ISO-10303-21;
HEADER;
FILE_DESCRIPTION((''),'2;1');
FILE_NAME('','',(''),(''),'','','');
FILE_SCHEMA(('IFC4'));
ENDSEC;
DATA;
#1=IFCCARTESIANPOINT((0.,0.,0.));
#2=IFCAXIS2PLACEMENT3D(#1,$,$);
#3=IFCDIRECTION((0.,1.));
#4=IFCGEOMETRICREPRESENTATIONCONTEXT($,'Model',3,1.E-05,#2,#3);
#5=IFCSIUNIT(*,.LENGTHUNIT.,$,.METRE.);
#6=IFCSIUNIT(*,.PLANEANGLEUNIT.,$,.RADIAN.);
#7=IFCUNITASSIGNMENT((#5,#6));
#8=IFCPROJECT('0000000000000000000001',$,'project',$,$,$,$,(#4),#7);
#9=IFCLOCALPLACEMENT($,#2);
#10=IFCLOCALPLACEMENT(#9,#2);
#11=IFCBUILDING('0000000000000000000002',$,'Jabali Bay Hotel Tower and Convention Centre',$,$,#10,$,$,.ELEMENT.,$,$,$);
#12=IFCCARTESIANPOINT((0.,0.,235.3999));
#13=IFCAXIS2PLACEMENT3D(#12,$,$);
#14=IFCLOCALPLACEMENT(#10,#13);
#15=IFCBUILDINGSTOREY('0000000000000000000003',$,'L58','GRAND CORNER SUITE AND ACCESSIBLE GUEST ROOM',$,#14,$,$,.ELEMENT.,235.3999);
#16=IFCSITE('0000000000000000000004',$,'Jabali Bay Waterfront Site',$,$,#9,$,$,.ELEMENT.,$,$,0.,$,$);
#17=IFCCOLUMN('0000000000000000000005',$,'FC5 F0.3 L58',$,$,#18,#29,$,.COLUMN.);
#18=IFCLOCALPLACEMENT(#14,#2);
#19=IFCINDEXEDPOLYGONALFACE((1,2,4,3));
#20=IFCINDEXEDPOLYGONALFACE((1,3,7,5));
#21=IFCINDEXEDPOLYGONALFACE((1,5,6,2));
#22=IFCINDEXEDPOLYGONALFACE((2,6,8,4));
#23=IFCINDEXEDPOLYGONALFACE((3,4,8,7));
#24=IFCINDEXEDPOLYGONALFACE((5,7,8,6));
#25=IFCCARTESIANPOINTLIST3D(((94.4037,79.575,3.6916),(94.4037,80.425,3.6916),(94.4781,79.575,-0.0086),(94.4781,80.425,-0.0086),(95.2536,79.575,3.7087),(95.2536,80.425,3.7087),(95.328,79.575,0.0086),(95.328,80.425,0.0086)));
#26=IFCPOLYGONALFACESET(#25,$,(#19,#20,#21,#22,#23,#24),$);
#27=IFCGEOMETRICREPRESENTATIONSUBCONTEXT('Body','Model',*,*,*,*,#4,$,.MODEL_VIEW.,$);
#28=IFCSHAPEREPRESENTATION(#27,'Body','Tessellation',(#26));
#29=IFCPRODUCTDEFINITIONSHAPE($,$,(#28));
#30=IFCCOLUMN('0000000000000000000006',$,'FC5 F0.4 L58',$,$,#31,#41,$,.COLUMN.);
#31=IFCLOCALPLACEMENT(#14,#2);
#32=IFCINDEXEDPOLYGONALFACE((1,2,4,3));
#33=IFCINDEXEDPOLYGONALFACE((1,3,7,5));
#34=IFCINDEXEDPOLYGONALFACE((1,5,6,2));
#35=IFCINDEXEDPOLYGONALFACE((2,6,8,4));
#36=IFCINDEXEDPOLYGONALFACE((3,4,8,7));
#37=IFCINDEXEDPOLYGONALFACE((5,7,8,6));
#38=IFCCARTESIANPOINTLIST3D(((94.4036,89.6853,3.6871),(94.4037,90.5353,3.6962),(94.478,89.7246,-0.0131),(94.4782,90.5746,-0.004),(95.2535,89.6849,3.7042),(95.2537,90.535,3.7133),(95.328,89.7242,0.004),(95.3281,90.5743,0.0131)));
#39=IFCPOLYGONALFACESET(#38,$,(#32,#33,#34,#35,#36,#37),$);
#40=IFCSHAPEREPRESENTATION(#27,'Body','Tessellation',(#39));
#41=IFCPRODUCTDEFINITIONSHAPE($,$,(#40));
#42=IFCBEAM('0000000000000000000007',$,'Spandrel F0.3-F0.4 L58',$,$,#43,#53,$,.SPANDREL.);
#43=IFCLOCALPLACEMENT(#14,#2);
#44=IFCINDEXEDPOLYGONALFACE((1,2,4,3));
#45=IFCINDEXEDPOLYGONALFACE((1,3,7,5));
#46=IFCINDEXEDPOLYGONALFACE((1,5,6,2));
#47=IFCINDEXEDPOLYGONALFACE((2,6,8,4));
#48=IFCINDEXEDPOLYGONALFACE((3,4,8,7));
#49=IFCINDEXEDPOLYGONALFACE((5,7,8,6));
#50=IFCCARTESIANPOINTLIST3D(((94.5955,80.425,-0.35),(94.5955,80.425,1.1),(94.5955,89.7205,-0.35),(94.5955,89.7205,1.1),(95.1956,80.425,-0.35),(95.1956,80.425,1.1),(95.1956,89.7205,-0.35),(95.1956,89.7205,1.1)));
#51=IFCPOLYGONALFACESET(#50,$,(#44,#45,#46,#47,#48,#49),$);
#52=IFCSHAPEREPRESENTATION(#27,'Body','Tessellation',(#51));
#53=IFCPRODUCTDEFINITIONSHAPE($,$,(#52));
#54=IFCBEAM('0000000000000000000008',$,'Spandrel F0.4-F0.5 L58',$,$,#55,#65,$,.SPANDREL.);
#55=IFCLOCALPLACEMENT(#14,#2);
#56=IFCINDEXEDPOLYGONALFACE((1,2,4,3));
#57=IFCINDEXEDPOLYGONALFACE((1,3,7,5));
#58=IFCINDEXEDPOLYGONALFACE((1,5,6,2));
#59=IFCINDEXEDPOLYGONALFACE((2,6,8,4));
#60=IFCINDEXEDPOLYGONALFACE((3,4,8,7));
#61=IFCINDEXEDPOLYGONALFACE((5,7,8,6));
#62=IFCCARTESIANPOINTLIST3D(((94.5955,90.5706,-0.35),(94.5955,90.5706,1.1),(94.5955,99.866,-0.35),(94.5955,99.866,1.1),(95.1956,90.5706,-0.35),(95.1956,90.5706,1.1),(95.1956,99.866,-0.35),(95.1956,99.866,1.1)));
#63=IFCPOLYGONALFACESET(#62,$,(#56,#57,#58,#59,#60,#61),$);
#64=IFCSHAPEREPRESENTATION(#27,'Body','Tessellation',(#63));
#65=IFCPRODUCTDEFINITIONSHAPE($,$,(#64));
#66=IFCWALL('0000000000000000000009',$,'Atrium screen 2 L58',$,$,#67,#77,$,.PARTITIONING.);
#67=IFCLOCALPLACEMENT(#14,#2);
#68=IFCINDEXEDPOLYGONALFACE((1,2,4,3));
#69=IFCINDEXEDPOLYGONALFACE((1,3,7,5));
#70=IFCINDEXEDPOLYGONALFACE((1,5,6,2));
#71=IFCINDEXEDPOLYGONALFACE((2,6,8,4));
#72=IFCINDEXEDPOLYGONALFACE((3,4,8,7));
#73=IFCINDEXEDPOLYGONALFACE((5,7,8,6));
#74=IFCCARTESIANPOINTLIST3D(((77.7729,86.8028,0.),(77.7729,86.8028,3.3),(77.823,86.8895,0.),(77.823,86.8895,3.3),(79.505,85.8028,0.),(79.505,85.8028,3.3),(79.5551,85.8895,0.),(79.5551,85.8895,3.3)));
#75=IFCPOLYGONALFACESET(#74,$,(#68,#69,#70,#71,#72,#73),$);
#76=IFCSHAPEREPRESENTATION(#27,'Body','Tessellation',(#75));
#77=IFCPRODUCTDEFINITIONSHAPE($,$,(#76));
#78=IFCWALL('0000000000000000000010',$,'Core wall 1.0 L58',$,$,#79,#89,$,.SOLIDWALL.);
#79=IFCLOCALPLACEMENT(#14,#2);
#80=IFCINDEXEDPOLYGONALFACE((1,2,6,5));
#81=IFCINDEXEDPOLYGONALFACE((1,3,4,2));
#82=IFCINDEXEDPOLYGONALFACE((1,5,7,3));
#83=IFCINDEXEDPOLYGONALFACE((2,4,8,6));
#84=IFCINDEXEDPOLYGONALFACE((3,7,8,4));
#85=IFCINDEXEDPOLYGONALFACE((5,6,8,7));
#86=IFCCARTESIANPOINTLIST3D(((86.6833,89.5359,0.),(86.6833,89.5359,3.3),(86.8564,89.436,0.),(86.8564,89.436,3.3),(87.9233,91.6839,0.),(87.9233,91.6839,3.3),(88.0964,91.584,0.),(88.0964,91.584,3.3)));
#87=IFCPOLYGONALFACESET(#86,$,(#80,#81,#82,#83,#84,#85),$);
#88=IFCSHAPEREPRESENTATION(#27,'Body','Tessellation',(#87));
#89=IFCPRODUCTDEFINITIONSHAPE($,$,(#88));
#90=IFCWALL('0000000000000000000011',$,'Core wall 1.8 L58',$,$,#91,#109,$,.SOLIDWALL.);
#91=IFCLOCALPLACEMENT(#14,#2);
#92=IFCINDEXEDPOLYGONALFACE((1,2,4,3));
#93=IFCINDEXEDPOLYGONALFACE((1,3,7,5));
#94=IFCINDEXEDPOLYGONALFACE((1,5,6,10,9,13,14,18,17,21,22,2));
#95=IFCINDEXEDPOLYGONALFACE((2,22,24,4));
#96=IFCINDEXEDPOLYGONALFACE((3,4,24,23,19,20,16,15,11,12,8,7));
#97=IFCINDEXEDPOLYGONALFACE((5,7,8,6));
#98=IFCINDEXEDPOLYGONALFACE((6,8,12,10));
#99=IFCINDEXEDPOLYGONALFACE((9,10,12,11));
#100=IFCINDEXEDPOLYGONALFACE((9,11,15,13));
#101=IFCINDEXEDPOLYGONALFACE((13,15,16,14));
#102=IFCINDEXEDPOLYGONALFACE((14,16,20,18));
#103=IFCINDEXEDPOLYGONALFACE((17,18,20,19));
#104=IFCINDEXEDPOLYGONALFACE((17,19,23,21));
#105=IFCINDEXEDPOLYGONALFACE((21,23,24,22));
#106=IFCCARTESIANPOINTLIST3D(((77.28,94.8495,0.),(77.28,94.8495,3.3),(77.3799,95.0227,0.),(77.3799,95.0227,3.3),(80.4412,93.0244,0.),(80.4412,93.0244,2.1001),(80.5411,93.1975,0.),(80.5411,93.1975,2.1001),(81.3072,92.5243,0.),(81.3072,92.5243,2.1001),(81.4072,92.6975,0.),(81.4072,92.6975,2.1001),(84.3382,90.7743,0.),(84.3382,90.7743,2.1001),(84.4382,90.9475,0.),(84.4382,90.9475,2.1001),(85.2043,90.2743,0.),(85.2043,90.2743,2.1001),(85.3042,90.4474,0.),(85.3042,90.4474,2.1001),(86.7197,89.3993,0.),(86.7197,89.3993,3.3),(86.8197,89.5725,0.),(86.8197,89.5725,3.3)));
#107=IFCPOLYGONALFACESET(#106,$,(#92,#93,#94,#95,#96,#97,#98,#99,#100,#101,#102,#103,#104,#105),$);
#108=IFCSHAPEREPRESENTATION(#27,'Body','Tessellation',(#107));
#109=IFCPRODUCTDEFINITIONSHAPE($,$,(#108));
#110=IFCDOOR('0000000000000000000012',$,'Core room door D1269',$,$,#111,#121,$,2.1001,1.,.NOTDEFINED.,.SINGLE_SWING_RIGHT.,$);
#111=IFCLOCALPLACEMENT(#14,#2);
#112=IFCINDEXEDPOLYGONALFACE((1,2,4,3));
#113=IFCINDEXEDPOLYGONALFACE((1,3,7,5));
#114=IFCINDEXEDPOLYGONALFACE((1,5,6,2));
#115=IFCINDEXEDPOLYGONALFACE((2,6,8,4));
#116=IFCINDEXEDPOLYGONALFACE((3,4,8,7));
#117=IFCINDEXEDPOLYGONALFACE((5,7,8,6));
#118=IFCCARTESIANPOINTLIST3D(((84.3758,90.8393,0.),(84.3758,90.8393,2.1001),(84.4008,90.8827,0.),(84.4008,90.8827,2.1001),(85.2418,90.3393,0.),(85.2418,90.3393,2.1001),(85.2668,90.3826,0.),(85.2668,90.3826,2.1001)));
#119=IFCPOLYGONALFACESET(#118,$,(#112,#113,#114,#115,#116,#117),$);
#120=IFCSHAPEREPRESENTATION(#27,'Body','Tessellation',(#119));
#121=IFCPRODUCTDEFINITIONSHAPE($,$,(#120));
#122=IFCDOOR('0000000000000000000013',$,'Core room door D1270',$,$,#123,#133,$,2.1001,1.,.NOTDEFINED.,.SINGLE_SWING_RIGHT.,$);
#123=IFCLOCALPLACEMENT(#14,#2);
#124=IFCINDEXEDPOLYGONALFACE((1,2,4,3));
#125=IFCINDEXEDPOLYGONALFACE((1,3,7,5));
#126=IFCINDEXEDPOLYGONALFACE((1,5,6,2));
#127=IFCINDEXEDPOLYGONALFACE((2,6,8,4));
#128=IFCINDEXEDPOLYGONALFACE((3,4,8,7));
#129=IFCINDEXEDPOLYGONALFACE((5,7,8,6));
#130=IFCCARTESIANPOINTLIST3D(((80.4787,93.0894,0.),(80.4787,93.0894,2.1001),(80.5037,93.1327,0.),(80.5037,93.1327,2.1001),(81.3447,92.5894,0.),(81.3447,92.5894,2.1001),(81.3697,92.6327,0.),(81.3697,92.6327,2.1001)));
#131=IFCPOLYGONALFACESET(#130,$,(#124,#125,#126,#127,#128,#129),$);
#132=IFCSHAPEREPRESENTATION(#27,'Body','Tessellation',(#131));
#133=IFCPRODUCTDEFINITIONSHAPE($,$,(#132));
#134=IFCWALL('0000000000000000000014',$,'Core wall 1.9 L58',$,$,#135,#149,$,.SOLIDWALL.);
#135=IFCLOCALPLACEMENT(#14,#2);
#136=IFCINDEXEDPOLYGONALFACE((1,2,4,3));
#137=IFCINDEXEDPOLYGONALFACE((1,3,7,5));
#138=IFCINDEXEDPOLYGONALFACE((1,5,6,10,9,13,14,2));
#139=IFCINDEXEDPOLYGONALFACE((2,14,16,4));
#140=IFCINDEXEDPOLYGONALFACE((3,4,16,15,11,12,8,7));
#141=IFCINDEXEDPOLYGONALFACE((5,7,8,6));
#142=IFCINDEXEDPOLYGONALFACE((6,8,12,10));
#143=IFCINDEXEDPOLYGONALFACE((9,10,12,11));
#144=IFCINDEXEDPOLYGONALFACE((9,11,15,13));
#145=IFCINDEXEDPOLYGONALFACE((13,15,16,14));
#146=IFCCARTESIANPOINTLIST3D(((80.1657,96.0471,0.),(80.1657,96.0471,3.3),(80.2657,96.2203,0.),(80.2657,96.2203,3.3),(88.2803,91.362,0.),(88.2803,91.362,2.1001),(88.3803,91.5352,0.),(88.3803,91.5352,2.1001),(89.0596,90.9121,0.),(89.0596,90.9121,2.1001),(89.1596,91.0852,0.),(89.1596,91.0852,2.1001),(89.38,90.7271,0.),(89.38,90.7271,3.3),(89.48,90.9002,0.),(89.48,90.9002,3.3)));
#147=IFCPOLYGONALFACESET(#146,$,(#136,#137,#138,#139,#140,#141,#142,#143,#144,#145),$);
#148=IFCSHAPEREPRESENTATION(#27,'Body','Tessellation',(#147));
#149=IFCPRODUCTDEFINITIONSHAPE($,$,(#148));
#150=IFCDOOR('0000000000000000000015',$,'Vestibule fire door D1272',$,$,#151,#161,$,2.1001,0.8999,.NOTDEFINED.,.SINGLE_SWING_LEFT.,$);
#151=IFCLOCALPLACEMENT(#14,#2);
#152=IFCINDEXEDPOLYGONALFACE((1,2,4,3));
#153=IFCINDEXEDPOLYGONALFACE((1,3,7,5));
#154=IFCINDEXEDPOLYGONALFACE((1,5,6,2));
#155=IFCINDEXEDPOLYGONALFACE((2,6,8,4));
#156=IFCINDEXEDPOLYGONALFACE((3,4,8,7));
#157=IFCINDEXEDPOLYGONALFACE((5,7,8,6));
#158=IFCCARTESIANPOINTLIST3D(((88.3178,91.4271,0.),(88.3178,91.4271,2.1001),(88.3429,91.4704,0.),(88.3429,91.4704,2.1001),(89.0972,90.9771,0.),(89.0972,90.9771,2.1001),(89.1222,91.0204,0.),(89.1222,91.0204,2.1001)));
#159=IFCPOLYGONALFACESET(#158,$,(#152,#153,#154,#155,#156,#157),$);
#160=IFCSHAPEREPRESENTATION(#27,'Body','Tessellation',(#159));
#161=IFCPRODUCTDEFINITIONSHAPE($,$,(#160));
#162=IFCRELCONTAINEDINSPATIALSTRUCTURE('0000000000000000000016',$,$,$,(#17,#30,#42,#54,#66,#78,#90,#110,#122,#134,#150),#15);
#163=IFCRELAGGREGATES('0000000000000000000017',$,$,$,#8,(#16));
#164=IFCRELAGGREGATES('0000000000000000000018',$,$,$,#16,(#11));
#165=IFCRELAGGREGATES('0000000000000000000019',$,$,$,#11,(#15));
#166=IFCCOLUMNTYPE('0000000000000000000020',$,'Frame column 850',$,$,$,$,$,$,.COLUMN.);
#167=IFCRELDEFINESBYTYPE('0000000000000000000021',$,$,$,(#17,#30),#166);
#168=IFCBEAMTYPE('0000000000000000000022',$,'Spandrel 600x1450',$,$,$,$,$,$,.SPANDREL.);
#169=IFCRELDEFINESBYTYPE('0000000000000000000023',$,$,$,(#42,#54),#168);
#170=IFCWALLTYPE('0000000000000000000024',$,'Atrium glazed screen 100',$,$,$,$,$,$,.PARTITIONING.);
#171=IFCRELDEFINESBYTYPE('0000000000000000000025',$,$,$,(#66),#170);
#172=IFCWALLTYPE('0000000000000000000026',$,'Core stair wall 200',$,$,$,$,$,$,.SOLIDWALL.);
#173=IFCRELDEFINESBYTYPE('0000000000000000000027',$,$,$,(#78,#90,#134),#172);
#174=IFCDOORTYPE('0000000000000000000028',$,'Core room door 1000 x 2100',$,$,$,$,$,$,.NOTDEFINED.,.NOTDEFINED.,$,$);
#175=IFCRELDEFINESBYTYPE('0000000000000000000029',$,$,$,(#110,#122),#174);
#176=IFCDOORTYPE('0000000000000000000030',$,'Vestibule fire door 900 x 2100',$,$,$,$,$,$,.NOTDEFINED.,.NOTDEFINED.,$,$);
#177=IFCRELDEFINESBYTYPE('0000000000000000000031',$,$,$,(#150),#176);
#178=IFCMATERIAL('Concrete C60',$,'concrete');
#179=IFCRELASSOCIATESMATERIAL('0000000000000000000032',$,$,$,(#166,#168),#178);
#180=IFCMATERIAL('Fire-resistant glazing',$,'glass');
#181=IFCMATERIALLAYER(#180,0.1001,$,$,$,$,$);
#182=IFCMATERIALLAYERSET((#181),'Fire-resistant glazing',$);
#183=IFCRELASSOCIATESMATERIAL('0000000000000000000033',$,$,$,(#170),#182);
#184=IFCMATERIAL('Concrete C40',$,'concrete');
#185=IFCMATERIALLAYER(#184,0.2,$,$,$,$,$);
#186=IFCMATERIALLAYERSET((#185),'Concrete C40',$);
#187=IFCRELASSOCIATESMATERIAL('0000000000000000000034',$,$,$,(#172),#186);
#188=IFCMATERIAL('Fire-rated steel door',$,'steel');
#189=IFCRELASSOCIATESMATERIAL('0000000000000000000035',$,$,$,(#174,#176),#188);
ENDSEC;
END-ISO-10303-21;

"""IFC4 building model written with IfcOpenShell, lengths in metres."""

from ifc_helpers import new_model, si_unit, direction, frame, frame_2d, origin, origin_2d, place, context, subcontext, project, spatial, rectangle, extrude, material, layer, layer_set, material_profile, profile_set, type_object, element, fill, save


model = new_model("IFC4")

# Units and contexts
model_context = context("Model", 3, precision=1e-05, world=origin(), true_north=direction((0.0, 1.0)))
body_context = subcontext(model_context, "Body", "Model", "MODEL_VIEW")
ifc_project = project(units=[si_unit("LENGTHUNIT", "METRE"), si_unit("PLANEANGLEUNIT", "RADIAN")], contexts=[model_context])

# Site, building, storey
site_placement = place(None, origin())
site = spatial("IfcSite", under=ifc_project, at=site_placement, Name="Jabali Bay Waterfront Site", CompositionType="ELEMENT", RefElevation=0.0)
building_placement = place(site_placement, origin())
building = spatial("IfcBuilding", under=site, at=building_placement, Name="Jabali Bay Hotel Tower and Convention Centre", CompositionType="ELEMENT")
storey_placement = place(building_placement, frame((0.0, 0.0, 235.3999)))
storey = spatial("IfcBuildingStorey", under=building, at=storey_placement, Name="L58", Description="GRAND CORNER SUITE AND ACCESSIBLE GUEST ROOM", CompositionType="ELEMENT", Elevation=235.3999)

# Columns
ifc_material_1 = material(Name="Concrete C60", Category="concrete")
ifc_material_profile_1 = material_profile(ifc_material_1, rectangle(XDim=0.8501, YDim=0.8501, at=origin_2d()), Name="Frame column 850")
ifc_profile_set_1 = profile_set([ifc_material_profile_1], Name="Concrete C60")
column_type = type_object("IfcColumnType", Name="Frame column 850", PredefinedType="COLUMN", material=ifc_profile_set_1)
column_1_placement = place(storey_placement, frame((94.9031, 80.0, 0.0), z_axis=(-0.02012, 0.0, 0.999798), x_axis=(0.0, -1.0, 0.0)))
element("IfcColumn", 1, at=column_1_placement, inside=storey, type_object=column_type, Name="FC5 F0.3 L58", PredefinedType="COLUMN", context=body_context, shape_type="SweptSolid", body=[
    extrude(rectangle(XDim=0.8501, YDim=0.8501, at=origin_2d()), origin(), (0.0, 0.0, 1.0), 3.7009),
])
column_2_placement = place(storey_placement, frame((94.9031, 90.1494, 0.0), z_axis=(-0.020119, -0.01062, 0.999741), x_axis=(0.999798, -0.000397, 0.020116)))
element("IfcColumn", 2, at=column_2_placement, inside=storey, type_object=column_type, Name="FC5 F0.4 L58", PredefinedType="COLUMN", context=body_context, shape_type="SweptSolid", body=[
    extrude(rectangle(XDim=0.8501, YDim=0.8501, at=origin_2d()), origin(), (0.0, 0.0, 1.0), 3.7012),
])

# Beams
ifc_material_profile_2 = material_profile(ifc_material_1, rectangle(XDim=0.6001, YDim=1.45, at=origin_2d()), Name="Spandrel 600x1450")
ifc_profile_set_2 = profile_set([ifc_material_profile_2], Name="Concrete C60")
beam_type = type_object("IfcBeamType", Name="Spandrel 600x1450", PredefinedType="SPANDREL", material=ifc_profile_set_2)
for number, where, z_axis, x_axis, name in (
    (3, (94.8955, 80.425, 0.375), (0.0, 1.0, 0.0), (-1.0, 0.0, 0.0), "Spandrel F0.3-F0.4 L58"),
    (4, (94.8955, 90.5706, 0.375), (0.0, 1.0, 0.0), (-1.0, 0.0, 0.0), "Spandrel F0.4-F0.5 L58"),
):
    element("IfcBeam", number, at=place(storey_placement, frame(where, z_axis=z_axis, x_axis=x_axis)), inside=storey, type_object=beam_type, Name=name, PredefinedType="SPANDREL", context=body_context, shape_type="SweptSolid", body=[
        extrude(rectangle(XDim=0.6001, YDim=1.45, at=origin_2d()), origin(), (0.0, 0.0, 1.0), 9.2954),
    ])

# Walls
ifc_material_2 = material(Name="Fire-resistant glazing", Category="glass")
ifc_layer_1 = layer(ifc_material_2, 0.1001)
ifc_layer_set_1 = layer_set([ifc_layer_1], Name="Fire-resistant glazing")
wall_type_1 = type_object("IfcWallType", Name="Atrium glazed screen 100", PredefinedType="PARTITIONING", material=ifc_layer_set_1)
wall_1_placement = place(storey_placement, frame((79.53, 85.8462, 0.0), z_axis=(0.0, 0.0, 1.0), x_axis=(-0.866041, 0.499973, 0.0)))
element("IfcWall", 5, at=wall_1_placement, inside=storey, type_object=wall_type_1, Name="Atrium screen 2 L58", PredefinedType="PARTITIONING", context=body_context, shape_type="SweptSolid", body=[
    extrude(rectangle(XDim=2.0, YDim=0.1001, at=frame_2d((1.0, 0.0))), origin(), (0.0, 0.0, 1.0), 3.3),
])
ifc_material_3 = material(Name="Concrete C40", Category="concrete")
ifc_layer_2 = layer(ifc_material_3, 0.2)
ifc_layer_set_2 = layer_set([ifc_layer_2], Name="Concrete C40")
wall_type_2 = type_object("IfcWallType", Name="Core stair wall 200", PredefinedType="SOLIDWALL", material=ifc_layer_set_2)
wall_2_placement = place(storey_placement, frame((86.7698, 89.4858, 0.0), z_axis=(0.0, 0.0, 1.0), x_axis=(0.499961, 0.866048, 0.0)))
element("IfcWall", 6, at=wall_2_placement, inside=storey, type_object=wall_type_2, Name="Core wall 1.0 L58", PredefinedType="SOLIDWALL", context=body_context, shape_type="SweptSolid", body=[
    extrude(rectangle(XDim=2.4802, YDim=0.2, at=frame_2d((1.2402, 0.0))), origin(), (0.0, 0.0, 1.0), 3.3),
])

# Wall, openings, doors
wall_3_placement = place(storey_placement, frame((86.7698, 89.4858, 0.0), z_axis=(0.0, 0.0, 1.0), x_axis=(-0.866018, 0.500013, 0.0)))
wall_3 = element("IfcWall", 7, at=wall_3_placement, inside=storey, type_object=wall_type_2, Name="Core wall 1.8 L58", PredefinedType="SOLIDWALL", context=body_context, shape_type="SweptSolid", body=[
    extrude(rectangle(XDim=10.9001, YDim=0.2, at=frame_2d((5.4502, 0.0))), origin(), (0.0, 0.0, 1.0), 3.3),
])
opening_1_placement = place(wall_3_placement, frame((1.75, 0.0, 0.0)))
opening_1 = element("IfcOpeningElement", 8, at=opening_1_placement, cuts=wall_3, PredefinedType="OPENING", context=body_context, shape_type="SweptSolid", body=[
    extrude(rectangle(XDim=1.0, YDim=2.1001, at=frame_2d((0.5, 1.05))), frame((0.0, 0.1104, 0.0), z_axis=(0.0, -1.0, 0.0), x_axis=(1.0, 0.0, 0.0)), (0.0, 0.0, 1.0), 0.2209),
])
opening_2_placement = place(wall_3_placement, frame((6.25, 0.0, 0.0)))
opening_2 = element("IfcOpeningElement", 9, at=opening_2_placement, cuts=wall_3, PredefinedType="OPENING", context=body_context, shape_type="SweptSolid", body=[
    extrude(rectangle(XDim=1.0, YDim=2.1001, at=frame_2d((0.5, 1.05))), frame((0.0, 0.1104, 0.0), z_axis=(0.0, -1.0, 0.0), x_axis=(1.0, 0.0, 0.0)), (0.0, 0.0, 1.0), 0.2209),
])
ifc_material_4 = material(Name="Fire-rated steel door", Category="steel")
door_type_1 = type_object("IfcDoorType", Name="Core room door 1000 x 2100", OperationType="NOTDEFINED", PredefinedType="NOTDEFINED", material=ifc_material_4)
door_1_placement = place(opening_1_placement, origin())
door_1 = element("IfcDoor", 10, at=door_1_placement, inside=storey, type_object=door_type_1, Name="Core room door D1269", OperationType="SINGLE_SWING_RIGHT", OverallHeight=2.1001, OverallWidth=1.0, PredefinedType="NOTDEFINED", context=body_context, shape_type="SweptSolid", body=[
    extrude(rectangle(XDim=1.0, YDim=2.1001, at=frame_2d((0.5, 1.05))), frame((0.0, 0.0249, 0.0), z_axis=(0.0, -1.0, 0.0), x_axis=(1.0, 0.0, 0.0)), (0.0, 0.0, 1.0), 0.05),
])
fill(opening_1, door_1)
door_2_placement = place(opening_2_placement, origin())
door_2 = element("IfcDoor", 11, at=door_2_placement, inside=storey, type_object=door_type_1, Name="Core room door D1270", OperationType="SINGLE_SWING_RIGHT", OverallHeight=2.1001, OverallWidth=1.0, PredefinedType="NOTDEFINED", context=body_context, shape_type="SweptSolid", body=[
    extrude(rectangle(XDim=1.0, YDim=2.1001, at=frame_2d((0.5, 1.05))), frame((0.0, 0.0249, 0.0), z_axis=(0.0, -1.0, 0.0), x_axis=(1.0, 0.0, 0.0)), (0.0, 0.0, 1.0), 0.05),
])
fill(opening_2, door_2)

# Wall, opening, door
wall_4_placement = place(storey_placement, frame((89.4299, 90.8137, 0.0), z_axis=(0.0, 0.0, 1.0), x_axis=(-0.866019, 0.500011, 0.0)))
wall_4 = element("IfcWall", 12, at=wall_4_placement, inside=storey, type_object=wall_type_2, Name="Core wall 1.9 L58", PredefinedType="SOLIDWALL", context=body_context, shape_type="SweptSolid", body=[
    extrude(rectangle(XDim=10.6399, YDim=0.2, at=frame_2d((5.3198, 0.0))), origin(), (0.0, 0.0, 1.0), 3.3),
])
opening_3_placement = place(wall_4_placement, frame((0.3699, 0.0, 0.0)))
opening_3 = element("IfcOpeningElement", 13, at=opening_3_placement, cuts=wall_4, PredefinedType="OPENING", context=body_context, shape_type="SweptSolid", body=[
    extrude(rectangle(XDim=0.8999, YDim=2.1001, at=frame_2d((0.45, 1.05))), frame((0.0, 0.1104, 0.0), z_axis=(0.0, -1.0, 0.0), x_axis=(1.0, 0.0, 0.0)), (0.0, 0.0, 1.0), 0.2209),
])
door_type_2 = type_object("IfcDoorType", Name="Vestibule fire door 900 x 2100", OperationType="NOTDEFINED", PredefinedType="NOTDEFINED", material=ifc_material_4)
door_3_placement = place(opening_3_placement, origin())
door_3 = element("IfcDoor", 14, at=door_3_placement, inside=storey, type_object=door_type_2, Name="Vestibule fire door D1272", OperationType="SINGLE_SWING_LEFT", OverallHeight=2.1001, OverallWidth=0.8999, PredefinedType="NOTDEFINED", context=body_context, shape_type="SweptSolid", body=[
    extrude(rectangle(XDim=0.8999, YDim=2.1001, at=frame_2d((0.45, 1.05))), frame((0.0, 0.0249, 0.0), z_axis=(0.0, -1.0, 0.0), x_axis=(1.0, 0.0, 0.0)), (0.0, 0.0, 1.0), 0.05),
])
fill(opening_3, door_3)

save(model, "model.ifc")
